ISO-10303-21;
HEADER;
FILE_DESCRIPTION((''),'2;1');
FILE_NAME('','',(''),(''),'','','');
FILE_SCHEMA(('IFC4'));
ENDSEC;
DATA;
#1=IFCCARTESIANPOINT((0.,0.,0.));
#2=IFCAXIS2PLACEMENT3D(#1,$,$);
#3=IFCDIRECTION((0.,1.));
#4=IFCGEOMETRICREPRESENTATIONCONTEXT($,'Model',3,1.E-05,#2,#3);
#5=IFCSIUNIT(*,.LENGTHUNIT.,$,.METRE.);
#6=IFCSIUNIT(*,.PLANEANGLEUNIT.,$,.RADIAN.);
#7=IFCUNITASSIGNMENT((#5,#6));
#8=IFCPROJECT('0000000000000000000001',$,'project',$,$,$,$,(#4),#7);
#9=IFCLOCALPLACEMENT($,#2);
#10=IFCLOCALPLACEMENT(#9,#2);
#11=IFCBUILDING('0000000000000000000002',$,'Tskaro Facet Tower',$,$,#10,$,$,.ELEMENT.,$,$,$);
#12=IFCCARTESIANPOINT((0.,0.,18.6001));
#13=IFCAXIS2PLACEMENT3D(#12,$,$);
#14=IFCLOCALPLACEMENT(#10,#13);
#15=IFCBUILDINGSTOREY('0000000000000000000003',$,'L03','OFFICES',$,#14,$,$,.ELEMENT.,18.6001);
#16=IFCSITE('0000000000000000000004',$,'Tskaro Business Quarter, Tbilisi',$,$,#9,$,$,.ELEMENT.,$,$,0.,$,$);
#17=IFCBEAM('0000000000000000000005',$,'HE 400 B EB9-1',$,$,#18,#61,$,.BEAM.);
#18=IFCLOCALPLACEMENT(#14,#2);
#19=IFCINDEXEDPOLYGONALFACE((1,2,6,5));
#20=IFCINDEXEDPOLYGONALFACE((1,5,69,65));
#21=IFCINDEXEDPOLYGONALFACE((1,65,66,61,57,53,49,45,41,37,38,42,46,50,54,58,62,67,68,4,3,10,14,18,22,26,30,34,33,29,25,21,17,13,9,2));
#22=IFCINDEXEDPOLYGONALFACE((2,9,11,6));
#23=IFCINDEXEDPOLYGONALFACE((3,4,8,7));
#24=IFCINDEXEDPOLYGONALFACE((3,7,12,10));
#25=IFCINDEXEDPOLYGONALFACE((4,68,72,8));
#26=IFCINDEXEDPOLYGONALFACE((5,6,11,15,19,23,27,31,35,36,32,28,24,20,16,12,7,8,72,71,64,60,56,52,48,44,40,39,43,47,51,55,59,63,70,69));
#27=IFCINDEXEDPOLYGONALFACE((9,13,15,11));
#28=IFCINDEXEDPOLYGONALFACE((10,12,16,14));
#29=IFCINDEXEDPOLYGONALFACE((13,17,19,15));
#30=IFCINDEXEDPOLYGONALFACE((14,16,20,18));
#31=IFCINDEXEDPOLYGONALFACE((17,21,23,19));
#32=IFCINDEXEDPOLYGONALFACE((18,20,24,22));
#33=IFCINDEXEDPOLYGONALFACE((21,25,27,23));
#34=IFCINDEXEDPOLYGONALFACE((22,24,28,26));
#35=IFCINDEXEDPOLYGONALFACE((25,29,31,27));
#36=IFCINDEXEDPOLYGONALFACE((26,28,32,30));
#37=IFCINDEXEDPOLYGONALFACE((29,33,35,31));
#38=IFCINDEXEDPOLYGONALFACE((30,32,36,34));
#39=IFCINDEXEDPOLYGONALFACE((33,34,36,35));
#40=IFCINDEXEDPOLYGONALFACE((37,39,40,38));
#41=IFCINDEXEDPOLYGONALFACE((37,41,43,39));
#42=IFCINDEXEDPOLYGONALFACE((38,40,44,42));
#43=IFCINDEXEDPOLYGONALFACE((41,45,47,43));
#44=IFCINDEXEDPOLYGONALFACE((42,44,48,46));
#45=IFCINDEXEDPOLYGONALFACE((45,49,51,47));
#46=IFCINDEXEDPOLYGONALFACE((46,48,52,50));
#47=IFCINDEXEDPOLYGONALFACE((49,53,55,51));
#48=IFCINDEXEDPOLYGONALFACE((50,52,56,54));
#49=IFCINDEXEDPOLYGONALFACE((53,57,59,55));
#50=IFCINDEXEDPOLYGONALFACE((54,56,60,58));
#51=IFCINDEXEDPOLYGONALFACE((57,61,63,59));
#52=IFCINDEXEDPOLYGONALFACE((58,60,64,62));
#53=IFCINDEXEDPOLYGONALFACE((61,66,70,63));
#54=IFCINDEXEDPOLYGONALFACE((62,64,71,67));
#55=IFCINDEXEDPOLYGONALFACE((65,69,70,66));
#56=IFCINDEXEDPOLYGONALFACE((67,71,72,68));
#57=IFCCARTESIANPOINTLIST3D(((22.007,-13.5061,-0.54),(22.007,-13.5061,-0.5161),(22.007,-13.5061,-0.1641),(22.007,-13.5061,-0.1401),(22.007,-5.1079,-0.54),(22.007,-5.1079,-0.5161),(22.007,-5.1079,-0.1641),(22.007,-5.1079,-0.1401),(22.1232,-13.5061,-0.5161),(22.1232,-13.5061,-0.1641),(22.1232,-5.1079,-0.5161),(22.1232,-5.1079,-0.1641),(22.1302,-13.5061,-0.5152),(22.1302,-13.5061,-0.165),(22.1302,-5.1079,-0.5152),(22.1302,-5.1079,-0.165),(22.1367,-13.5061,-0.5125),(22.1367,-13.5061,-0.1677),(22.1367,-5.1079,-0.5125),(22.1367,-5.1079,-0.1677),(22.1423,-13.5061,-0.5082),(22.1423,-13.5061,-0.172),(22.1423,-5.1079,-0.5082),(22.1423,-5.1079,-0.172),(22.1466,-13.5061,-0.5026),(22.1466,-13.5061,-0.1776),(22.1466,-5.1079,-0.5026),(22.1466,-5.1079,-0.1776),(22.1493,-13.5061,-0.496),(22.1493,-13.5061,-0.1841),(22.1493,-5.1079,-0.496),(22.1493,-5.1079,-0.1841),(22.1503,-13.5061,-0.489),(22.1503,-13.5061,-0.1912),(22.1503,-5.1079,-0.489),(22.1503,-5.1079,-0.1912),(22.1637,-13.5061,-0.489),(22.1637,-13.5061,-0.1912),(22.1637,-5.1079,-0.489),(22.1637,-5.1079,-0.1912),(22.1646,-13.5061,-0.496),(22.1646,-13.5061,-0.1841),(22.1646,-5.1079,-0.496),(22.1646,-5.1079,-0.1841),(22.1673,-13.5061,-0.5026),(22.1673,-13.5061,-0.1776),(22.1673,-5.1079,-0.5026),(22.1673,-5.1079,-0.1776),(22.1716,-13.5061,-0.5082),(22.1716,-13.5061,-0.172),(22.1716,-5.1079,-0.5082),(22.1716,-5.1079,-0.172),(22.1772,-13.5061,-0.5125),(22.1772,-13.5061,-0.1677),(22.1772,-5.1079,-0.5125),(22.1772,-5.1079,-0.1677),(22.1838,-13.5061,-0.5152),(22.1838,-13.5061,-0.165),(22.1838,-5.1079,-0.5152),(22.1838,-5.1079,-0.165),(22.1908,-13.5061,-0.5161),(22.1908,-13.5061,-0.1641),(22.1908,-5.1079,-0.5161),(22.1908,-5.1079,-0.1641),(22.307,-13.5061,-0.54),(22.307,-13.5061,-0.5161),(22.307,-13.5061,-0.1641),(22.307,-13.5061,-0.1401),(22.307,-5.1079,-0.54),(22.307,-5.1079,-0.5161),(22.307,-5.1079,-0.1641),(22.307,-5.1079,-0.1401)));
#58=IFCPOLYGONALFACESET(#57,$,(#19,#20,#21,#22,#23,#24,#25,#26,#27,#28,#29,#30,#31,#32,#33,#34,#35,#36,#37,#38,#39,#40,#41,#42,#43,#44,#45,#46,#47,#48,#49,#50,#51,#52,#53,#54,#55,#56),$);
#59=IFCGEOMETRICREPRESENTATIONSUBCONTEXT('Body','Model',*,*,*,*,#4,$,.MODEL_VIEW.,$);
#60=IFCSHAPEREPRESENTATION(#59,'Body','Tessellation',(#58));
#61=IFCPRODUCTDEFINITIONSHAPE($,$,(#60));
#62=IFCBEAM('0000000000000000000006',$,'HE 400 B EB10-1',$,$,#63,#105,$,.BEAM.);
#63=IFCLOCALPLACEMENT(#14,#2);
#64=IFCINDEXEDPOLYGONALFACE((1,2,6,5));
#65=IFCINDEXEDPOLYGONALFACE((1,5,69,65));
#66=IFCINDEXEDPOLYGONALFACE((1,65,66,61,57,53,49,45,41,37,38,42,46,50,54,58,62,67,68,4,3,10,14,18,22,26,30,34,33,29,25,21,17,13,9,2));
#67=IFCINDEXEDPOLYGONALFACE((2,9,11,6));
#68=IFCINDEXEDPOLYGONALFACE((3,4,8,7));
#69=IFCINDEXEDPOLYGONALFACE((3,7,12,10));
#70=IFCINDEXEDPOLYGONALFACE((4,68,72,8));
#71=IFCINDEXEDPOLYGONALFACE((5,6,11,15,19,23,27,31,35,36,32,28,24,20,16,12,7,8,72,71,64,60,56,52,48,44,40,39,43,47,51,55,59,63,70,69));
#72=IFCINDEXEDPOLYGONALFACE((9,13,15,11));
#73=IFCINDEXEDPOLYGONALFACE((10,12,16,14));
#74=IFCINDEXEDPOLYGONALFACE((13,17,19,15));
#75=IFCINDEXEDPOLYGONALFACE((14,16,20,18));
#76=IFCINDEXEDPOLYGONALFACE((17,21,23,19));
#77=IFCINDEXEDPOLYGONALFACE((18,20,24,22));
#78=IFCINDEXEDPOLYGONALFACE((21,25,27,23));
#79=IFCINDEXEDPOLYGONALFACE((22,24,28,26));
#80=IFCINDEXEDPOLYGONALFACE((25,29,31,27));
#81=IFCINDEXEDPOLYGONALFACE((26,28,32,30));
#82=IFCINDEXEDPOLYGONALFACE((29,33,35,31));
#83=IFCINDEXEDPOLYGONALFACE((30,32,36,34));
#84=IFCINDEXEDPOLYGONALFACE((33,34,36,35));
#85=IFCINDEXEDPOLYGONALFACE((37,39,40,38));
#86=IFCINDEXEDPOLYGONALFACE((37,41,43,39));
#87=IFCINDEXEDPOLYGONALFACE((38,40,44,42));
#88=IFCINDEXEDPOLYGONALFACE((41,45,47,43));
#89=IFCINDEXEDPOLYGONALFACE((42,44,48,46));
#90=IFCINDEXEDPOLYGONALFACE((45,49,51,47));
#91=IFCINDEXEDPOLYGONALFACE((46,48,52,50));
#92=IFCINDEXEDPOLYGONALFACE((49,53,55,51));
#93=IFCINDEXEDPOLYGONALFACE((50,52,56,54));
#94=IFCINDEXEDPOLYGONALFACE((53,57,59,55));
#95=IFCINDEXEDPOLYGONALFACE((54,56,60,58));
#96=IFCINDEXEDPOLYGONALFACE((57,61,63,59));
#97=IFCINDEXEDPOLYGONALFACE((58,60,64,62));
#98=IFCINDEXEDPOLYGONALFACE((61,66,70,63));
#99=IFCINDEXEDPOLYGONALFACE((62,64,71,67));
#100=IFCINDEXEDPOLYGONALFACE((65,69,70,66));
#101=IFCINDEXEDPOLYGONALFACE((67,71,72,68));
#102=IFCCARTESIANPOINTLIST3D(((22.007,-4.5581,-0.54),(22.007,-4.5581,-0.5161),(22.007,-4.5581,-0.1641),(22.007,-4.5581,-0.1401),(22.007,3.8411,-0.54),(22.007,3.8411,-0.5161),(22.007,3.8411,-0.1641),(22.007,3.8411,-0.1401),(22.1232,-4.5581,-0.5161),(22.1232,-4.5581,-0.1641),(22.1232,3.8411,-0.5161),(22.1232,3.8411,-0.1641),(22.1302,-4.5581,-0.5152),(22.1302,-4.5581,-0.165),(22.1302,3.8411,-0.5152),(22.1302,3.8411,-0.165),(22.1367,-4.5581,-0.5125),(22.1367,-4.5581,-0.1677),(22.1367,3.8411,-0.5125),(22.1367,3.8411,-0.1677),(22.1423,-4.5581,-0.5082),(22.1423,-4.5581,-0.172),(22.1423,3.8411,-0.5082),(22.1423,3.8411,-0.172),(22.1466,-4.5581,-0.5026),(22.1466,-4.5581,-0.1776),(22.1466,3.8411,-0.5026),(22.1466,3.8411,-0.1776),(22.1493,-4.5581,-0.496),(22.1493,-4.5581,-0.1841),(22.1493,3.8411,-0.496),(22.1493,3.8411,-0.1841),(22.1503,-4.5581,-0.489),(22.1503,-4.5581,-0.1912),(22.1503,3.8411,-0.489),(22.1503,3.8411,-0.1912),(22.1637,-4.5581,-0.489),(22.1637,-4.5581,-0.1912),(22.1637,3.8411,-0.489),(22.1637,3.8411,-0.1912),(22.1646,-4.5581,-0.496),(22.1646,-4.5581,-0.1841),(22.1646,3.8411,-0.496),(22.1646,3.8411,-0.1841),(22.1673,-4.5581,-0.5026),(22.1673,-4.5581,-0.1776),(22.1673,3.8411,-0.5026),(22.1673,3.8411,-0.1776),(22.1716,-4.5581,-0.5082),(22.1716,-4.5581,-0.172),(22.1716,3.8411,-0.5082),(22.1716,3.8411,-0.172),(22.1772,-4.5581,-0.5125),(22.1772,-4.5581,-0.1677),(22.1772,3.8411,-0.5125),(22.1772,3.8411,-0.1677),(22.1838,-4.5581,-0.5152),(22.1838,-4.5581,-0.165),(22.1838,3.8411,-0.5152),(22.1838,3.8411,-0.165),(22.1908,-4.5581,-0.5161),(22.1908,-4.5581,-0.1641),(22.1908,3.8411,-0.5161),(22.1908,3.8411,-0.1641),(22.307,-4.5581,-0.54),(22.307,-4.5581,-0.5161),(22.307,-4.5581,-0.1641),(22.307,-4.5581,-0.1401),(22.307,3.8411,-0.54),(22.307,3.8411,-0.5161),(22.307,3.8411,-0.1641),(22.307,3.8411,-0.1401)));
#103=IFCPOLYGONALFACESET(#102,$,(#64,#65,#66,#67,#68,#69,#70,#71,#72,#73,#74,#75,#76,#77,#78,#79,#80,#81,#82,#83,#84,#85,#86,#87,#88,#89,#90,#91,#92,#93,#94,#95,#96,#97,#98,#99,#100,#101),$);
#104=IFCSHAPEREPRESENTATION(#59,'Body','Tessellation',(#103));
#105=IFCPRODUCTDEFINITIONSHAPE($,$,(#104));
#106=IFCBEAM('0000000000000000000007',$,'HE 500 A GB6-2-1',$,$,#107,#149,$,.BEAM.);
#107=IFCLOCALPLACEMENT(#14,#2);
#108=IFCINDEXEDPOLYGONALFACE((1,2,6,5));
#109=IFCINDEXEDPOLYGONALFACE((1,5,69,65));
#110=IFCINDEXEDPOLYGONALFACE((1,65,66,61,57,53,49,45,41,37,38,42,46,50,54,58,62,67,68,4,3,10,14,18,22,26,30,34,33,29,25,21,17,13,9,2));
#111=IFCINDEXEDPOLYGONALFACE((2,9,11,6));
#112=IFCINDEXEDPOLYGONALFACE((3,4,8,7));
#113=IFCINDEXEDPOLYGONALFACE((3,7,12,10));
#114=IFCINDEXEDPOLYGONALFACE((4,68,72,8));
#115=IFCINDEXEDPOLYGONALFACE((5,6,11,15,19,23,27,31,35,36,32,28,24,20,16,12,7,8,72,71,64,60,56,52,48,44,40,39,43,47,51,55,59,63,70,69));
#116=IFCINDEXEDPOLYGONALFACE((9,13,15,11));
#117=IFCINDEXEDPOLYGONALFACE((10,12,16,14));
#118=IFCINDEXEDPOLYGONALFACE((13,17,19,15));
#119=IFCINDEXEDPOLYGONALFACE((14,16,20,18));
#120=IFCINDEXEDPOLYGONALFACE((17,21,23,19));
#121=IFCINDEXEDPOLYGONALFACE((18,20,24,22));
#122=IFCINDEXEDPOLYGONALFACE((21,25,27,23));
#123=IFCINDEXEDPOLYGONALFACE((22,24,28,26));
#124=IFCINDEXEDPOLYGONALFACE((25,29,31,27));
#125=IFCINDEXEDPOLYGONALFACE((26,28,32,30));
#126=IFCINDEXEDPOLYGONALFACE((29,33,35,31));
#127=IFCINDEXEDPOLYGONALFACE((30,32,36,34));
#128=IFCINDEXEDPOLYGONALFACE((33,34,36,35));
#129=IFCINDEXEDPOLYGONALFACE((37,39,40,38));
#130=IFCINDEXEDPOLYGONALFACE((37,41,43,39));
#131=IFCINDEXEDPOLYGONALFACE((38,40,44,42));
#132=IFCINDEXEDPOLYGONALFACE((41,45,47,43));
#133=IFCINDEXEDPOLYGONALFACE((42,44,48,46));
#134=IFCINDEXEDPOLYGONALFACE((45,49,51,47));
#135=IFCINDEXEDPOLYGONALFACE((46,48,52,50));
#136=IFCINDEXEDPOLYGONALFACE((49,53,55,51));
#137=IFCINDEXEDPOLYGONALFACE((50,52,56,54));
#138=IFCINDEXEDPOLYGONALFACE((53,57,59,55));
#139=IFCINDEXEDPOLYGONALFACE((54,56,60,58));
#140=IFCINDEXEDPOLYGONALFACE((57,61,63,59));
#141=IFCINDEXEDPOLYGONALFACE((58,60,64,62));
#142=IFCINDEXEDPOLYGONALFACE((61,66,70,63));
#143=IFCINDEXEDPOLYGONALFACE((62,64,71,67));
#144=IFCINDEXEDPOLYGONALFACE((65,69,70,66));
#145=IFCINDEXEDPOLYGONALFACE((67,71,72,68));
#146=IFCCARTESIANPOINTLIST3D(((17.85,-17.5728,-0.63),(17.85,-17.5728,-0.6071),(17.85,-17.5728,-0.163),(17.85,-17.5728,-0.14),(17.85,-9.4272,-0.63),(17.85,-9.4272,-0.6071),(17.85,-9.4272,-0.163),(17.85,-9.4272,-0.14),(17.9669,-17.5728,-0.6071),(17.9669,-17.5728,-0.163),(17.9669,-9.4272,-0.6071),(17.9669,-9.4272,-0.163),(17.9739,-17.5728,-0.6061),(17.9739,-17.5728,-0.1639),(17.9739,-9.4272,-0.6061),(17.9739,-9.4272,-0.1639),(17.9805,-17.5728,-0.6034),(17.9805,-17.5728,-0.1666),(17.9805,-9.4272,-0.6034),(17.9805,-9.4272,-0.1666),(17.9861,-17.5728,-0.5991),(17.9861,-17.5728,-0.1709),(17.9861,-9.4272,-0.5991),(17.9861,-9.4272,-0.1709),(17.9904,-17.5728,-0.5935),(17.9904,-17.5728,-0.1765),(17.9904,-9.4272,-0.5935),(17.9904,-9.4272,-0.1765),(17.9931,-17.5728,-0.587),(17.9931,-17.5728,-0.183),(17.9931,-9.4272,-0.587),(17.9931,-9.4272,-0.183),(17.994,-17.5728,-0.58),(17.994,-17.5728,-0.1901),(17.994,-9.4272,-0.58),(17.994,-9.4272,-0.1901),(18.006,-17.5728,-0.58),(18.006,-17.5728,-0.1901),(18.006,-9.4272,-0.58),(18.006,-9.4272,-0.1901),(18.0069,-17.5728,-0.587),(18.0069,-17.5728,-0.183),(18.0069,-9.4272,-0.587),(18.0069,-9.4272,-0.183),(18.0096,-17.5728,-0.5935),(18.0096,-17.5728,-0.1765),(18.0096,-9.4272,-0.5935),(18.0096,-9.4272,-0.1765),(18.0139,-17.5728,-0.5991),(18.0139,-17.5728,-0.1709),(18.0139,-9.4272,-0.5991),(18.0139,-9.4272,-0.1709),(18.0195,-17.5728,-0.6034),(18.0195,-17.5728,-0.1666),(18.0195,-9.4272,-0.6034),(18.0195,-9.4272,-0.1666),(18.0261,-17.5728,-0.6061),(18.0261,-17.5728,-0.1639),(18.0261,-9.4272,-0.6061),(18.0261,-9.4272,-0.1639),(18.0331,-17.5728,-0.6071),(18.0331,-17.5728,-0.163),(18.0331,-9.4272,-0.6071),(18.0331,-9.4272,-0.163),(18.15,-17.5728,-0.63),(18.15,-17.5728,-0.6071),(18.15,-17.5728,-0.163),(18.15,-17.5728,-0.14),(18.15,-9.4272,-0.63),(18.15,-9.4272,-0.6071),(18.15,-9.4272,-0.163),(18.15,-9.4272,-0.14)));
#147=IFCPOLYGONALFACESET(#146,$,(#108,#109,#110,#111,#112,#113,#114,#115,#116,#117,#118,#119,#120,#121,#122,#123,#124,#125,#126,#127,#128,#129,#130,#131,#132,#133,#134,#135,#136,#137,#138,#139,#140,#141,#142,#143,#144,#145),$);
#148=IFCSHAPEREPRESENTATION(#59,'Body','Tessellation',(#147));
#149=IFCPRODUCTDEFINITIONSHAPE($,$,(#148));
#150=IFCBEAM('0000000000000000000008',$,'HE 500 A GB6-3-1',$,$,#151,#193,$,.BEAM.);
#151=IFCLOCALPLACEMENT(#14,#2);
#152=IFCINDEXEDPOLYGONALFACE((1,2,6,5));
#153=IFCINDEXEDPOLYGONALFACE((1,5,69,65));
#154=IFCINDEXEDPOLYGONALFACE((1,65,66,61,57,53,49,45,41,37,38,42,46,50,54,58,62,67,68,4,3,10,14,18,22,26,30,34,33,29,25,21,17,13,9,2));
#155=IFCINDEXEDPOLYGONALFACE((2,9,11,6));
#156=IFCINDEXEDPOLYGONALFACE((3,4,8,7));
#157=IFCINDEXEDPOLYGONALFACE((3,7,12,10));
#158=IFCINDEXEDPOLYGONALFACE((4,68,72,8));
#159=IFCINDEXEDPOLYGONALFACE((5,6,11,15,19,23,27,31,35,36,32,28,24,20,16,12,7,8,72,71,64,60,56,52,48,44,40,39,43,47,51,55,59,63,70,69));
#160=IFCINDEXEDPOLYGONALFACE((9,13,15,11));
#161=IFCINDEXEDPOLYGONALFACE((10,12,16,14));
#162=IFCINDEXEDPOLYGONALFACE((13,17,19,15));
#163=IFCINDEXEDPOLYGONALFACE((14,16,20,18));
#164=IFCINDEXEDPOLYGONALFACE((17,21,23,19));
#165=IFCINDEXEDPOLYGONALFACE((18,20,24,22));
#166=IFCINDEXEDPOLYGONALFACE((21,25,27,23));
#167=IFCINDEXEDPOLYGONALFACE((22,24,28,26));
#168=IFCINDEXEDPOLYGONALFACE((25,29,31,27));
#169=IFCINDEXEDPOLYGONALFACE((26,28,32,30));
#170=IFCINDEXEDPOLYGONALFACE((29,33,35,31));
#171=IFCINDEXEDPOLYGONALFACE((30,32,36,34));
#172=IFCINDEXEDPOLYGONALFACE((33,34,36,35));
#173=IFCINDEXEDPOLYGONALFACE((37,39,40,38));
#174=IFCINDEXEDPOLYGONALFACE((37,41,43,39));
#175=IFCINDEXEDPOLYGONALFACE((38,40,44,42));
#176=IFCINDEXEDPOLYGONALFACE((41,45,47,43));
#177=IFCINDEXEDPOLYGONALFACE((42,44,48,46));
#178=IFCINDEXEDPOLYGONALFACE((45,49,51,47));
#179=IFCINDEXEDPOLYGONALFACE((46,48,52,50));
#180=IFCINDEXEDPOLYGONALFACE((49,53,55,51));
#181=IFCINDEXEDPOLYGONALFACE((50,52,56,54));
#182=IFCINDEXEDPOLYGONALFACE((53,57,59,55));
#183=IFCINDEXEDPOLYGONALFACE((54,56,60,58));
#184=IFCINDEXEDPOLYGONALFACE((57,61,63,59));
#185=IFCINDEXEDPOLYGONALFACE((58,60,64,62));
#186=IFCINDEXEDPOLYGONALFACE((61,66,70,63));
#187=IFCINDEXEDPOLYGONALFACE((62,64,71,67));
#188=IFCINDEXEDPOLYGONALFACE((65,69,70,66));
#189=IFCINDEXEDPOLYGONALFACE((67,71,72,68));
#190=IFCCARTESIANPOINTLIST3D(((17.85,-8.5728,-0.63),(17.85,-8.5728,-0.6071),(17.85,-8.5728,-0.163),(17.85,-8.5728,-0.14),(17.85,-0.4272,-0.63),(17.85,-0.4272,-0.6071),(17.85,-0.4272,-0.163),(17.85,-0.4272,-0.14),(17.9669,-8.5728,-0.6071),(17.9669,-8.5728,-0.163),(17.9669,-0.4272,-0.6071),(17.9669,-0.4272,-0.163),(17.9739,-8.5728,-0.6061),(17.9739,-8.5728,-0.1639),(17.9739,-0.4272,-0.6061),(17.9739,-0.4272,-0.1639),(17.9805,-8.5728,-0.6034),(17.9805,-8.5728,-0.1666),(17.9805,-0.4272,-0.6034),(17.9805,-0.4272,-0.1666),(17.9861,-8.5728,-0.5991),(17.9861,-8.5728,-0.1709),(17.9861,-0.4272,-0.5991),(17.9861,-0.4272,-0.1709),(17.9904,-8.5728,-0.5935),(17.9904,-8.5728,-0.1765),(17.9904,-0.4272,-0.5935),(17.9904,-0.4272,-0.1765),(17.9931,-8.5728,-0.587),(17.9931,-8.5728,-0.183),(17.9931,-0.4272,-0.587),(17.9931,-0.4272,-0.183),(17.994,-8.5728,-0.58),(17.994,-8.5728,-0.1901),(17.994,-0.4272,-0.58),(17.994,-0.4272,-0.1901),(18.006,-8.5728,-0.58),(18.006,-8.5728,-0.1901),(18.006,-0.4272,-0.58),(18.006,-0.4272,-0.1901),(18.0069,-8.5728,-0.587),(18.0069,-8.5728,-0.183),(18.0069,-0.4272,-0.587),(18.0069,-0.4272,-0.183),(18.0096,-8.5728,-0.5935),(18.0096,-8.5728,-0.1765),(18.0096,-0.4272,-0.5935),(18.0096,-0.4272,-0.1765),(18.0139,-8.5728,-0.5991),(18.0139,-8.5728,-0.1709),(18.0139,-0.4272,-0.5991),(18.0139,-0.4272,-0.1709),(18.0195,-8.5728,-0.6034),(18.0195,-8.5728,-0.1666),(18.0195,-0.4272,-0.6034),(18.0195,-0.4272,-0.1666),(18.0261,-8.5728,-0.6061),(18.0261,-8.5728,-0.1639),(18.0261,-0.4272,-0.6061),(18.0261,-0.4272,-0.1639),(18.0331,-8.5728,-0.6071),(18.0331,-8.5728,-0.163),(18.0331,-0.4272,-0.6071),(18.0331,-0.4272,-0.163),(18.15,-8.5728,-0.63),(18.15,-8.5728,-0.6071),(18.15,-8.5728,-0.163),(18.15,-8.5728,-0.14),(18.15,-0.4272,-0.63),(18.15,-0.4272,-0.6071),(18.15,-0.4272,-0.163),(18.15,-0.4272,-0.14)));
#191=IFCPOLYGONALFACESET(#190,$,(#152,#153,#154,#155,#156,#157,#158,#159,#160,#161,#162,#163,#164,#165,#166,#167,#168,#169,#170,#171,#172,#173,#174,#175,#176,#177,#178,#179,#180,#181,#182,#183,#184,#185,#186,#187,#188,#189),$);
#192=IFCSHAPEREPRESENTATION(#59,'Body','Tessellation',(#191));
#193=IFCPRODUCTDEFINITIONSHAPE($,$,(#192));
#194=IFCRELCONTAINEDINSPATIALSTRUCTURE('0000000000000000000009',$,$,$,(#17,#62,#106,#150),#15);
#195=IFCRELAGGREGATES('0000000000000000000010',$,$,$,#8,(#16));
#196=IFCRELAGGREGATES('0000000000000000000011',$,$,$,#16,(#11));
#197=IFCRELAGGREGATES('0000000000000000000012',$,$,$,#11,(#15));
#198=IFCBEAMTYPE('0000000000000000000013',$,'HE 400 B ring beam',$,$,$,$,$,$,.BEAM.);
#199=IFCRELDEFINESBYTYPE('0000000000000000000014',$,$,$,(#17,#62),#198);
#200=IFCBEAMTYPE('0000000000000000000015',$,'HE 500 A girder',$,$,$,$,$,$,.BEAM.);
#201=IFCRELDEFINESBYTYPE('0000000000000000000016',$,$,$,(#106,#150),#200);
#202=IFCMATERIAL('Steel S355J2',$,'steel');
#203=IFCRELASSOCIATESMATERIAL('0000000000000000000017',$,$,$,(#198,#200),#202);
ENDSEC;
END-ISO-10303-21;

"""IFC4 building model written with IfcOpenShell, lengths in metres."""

from ifc_helpers import new_model, si_unit, direction, frame, origin, origin_2d, place, context, subcontext, project, spatial, i_section, extrude, material, material_profile, profile_set, type_object, element, save


model = new_model("IFC4")

# Units and contexts
model_context = context("Model", 3, precision=1e-05, world=origin(), true_north=direction((0.0, 1.0)))
body_context = subcontext(model_context, "Body", "Model", "MODEL_VIEW")
ifc_project = project(units=[si_unit("LENGTHUNIT", "METRE"), si_unit("PLANEANGLEUNIT", "RADIAN")], contexts=[model_context])

# Site, building, storey
site_placement = place(None, origin())
site = spatial("IfcSite", under=ifc_project, at=site_placement, Name="Tskaro Business Quarter, Tbilisi", CompositionType="ELEMENT", RefElevation=0.0)
building_placement = place(site_placement, origin())
building = spatial("IfcBuilding", under=site, at=building_placement, Name="Tskaro Facet Tower", CompositionType="ELEMENT")
storey_placement = place(building_placement, frame((0.0, 0.0, 18.6001)))
storey = spatial("IfcBuildingStorey", under=building, at=storey_placement, Name="L03", Description="OFFICES", CompositionType="ELEMENT", Elevation=18.6001)

# Beams
ifc_material_1 = material(Name="Steel S355J2", Category="steel")
ifc_material_profile_1 = material_profile(ifc_material_1, i_section(OverallWidth=0.3, OverallDepth=0.3999, WebThickness=0.0134, FlangeThickness=0.0239, FilletRadius=0.0271, at=origin_2d()), Name="HE 400 B")
ifc_profile_set_1 = profile_set([ifc_material_profile_1], Name="Steel S355J2")
beam_type_1 = type_object("IfcBeamType", Name="HE 400 B ring beam", PredefinedType="BEAM", material=ifc_profile_set_1)
beam_1_placement = place(storey_placement, frame((22.157, -13.5061, -0.3401), z_axis=(0.0, 1.0, 0.0), x_axis=(-1.0, 0.0, 0.0)))
element("IfcBeam", 1, at=beam_1_placement, inside=storey, type_object=beam_type_1, Name="HE 400 B EB9-1", PredefinedType="BEAM", context=body_context, shape_type="SweptSolid", body=[
    extrude(i_section(OverallWidth=0.3, OverallDepth=0.3999, WebThickness=0.0134, FlangeThickness=0.0239, FilletRadius=0.0271, at=origin_2d()), origin(), (0.0, 0.0, 1.0), 8.3982),
])
beam_2_placement = place(storey_placement, frame((22.157, -4.5581, -0.3401), z_axis=(0.0, 1.0, 0.0), x_axis=(-1.0, 0.0, 0.0)))
element("IfcBeam", 2, at=beam_2_placement, inside=storey, type_object=beam_type_1, Name="HE 400 B EB10-1", PredefinedType="BEAM", context=body_context, shape_type="SweptSolid", body=[
    extrude(i_section(OverallWidth=0.3, OverallDepth=0.3999, WebThickness=0.0134, FlangeThickness=0.0239, FilletRadius=0.0271, at=origin_2d()), origin(), (0.0, 0.0, 1.0), 8.3992),
])
ifc_material_profile_2 = material_profile(ifc_material_1, i_section(OverallWidth=0.3, OverallDepth=0.49, WebThickness=0.012, FlangeThickness=0.0229, FilletRadius=0.0271, at=origin_2d()), Name="HE 500 A")
ifc_profile_set_2 = profile_set([ifc_material_profile_2], Name="Steel S355J2")
beam_type_2 = type_object("IfcBeamType", Name="HE 500 A girder", PredefinedType="BEAM", material=ifc_profile_set_2)
for number, where, z_axis, x_axis, name in (
    (3, (18.0, -17.5728, -0.385), (0.0, 1.0, 0.0), (-1.0, 0.0, 0.0), "HE 500 A GB6-2-1"),
    (4, (18.0, -8.5728, -0.385), (0.0, 1.0, 0.0), (-1.0, 0.0, 0.0), "HE 500 A GB6-3-1"),
):
    element("IfcBeam", number, at=place(storey_placement, frame(where, z_axis=z_axis, x_axis=x_axis)), inside=storey, type_object=beam_type_2, Name=name, PredefinedType="BEAM", context=body_context, shape_type="SweptSolid", body=[
        extrude(i_section(OverallWidth=0.3, OverallDepth=0.49, WebThickness=0.012, FlangeThickness=0.0229, FilletRadius=0.0271, at=origin_2d()), origin(), (0.0, 0.0, 1.0), 8.1455),
    ])

save(model, "model.ifc")
